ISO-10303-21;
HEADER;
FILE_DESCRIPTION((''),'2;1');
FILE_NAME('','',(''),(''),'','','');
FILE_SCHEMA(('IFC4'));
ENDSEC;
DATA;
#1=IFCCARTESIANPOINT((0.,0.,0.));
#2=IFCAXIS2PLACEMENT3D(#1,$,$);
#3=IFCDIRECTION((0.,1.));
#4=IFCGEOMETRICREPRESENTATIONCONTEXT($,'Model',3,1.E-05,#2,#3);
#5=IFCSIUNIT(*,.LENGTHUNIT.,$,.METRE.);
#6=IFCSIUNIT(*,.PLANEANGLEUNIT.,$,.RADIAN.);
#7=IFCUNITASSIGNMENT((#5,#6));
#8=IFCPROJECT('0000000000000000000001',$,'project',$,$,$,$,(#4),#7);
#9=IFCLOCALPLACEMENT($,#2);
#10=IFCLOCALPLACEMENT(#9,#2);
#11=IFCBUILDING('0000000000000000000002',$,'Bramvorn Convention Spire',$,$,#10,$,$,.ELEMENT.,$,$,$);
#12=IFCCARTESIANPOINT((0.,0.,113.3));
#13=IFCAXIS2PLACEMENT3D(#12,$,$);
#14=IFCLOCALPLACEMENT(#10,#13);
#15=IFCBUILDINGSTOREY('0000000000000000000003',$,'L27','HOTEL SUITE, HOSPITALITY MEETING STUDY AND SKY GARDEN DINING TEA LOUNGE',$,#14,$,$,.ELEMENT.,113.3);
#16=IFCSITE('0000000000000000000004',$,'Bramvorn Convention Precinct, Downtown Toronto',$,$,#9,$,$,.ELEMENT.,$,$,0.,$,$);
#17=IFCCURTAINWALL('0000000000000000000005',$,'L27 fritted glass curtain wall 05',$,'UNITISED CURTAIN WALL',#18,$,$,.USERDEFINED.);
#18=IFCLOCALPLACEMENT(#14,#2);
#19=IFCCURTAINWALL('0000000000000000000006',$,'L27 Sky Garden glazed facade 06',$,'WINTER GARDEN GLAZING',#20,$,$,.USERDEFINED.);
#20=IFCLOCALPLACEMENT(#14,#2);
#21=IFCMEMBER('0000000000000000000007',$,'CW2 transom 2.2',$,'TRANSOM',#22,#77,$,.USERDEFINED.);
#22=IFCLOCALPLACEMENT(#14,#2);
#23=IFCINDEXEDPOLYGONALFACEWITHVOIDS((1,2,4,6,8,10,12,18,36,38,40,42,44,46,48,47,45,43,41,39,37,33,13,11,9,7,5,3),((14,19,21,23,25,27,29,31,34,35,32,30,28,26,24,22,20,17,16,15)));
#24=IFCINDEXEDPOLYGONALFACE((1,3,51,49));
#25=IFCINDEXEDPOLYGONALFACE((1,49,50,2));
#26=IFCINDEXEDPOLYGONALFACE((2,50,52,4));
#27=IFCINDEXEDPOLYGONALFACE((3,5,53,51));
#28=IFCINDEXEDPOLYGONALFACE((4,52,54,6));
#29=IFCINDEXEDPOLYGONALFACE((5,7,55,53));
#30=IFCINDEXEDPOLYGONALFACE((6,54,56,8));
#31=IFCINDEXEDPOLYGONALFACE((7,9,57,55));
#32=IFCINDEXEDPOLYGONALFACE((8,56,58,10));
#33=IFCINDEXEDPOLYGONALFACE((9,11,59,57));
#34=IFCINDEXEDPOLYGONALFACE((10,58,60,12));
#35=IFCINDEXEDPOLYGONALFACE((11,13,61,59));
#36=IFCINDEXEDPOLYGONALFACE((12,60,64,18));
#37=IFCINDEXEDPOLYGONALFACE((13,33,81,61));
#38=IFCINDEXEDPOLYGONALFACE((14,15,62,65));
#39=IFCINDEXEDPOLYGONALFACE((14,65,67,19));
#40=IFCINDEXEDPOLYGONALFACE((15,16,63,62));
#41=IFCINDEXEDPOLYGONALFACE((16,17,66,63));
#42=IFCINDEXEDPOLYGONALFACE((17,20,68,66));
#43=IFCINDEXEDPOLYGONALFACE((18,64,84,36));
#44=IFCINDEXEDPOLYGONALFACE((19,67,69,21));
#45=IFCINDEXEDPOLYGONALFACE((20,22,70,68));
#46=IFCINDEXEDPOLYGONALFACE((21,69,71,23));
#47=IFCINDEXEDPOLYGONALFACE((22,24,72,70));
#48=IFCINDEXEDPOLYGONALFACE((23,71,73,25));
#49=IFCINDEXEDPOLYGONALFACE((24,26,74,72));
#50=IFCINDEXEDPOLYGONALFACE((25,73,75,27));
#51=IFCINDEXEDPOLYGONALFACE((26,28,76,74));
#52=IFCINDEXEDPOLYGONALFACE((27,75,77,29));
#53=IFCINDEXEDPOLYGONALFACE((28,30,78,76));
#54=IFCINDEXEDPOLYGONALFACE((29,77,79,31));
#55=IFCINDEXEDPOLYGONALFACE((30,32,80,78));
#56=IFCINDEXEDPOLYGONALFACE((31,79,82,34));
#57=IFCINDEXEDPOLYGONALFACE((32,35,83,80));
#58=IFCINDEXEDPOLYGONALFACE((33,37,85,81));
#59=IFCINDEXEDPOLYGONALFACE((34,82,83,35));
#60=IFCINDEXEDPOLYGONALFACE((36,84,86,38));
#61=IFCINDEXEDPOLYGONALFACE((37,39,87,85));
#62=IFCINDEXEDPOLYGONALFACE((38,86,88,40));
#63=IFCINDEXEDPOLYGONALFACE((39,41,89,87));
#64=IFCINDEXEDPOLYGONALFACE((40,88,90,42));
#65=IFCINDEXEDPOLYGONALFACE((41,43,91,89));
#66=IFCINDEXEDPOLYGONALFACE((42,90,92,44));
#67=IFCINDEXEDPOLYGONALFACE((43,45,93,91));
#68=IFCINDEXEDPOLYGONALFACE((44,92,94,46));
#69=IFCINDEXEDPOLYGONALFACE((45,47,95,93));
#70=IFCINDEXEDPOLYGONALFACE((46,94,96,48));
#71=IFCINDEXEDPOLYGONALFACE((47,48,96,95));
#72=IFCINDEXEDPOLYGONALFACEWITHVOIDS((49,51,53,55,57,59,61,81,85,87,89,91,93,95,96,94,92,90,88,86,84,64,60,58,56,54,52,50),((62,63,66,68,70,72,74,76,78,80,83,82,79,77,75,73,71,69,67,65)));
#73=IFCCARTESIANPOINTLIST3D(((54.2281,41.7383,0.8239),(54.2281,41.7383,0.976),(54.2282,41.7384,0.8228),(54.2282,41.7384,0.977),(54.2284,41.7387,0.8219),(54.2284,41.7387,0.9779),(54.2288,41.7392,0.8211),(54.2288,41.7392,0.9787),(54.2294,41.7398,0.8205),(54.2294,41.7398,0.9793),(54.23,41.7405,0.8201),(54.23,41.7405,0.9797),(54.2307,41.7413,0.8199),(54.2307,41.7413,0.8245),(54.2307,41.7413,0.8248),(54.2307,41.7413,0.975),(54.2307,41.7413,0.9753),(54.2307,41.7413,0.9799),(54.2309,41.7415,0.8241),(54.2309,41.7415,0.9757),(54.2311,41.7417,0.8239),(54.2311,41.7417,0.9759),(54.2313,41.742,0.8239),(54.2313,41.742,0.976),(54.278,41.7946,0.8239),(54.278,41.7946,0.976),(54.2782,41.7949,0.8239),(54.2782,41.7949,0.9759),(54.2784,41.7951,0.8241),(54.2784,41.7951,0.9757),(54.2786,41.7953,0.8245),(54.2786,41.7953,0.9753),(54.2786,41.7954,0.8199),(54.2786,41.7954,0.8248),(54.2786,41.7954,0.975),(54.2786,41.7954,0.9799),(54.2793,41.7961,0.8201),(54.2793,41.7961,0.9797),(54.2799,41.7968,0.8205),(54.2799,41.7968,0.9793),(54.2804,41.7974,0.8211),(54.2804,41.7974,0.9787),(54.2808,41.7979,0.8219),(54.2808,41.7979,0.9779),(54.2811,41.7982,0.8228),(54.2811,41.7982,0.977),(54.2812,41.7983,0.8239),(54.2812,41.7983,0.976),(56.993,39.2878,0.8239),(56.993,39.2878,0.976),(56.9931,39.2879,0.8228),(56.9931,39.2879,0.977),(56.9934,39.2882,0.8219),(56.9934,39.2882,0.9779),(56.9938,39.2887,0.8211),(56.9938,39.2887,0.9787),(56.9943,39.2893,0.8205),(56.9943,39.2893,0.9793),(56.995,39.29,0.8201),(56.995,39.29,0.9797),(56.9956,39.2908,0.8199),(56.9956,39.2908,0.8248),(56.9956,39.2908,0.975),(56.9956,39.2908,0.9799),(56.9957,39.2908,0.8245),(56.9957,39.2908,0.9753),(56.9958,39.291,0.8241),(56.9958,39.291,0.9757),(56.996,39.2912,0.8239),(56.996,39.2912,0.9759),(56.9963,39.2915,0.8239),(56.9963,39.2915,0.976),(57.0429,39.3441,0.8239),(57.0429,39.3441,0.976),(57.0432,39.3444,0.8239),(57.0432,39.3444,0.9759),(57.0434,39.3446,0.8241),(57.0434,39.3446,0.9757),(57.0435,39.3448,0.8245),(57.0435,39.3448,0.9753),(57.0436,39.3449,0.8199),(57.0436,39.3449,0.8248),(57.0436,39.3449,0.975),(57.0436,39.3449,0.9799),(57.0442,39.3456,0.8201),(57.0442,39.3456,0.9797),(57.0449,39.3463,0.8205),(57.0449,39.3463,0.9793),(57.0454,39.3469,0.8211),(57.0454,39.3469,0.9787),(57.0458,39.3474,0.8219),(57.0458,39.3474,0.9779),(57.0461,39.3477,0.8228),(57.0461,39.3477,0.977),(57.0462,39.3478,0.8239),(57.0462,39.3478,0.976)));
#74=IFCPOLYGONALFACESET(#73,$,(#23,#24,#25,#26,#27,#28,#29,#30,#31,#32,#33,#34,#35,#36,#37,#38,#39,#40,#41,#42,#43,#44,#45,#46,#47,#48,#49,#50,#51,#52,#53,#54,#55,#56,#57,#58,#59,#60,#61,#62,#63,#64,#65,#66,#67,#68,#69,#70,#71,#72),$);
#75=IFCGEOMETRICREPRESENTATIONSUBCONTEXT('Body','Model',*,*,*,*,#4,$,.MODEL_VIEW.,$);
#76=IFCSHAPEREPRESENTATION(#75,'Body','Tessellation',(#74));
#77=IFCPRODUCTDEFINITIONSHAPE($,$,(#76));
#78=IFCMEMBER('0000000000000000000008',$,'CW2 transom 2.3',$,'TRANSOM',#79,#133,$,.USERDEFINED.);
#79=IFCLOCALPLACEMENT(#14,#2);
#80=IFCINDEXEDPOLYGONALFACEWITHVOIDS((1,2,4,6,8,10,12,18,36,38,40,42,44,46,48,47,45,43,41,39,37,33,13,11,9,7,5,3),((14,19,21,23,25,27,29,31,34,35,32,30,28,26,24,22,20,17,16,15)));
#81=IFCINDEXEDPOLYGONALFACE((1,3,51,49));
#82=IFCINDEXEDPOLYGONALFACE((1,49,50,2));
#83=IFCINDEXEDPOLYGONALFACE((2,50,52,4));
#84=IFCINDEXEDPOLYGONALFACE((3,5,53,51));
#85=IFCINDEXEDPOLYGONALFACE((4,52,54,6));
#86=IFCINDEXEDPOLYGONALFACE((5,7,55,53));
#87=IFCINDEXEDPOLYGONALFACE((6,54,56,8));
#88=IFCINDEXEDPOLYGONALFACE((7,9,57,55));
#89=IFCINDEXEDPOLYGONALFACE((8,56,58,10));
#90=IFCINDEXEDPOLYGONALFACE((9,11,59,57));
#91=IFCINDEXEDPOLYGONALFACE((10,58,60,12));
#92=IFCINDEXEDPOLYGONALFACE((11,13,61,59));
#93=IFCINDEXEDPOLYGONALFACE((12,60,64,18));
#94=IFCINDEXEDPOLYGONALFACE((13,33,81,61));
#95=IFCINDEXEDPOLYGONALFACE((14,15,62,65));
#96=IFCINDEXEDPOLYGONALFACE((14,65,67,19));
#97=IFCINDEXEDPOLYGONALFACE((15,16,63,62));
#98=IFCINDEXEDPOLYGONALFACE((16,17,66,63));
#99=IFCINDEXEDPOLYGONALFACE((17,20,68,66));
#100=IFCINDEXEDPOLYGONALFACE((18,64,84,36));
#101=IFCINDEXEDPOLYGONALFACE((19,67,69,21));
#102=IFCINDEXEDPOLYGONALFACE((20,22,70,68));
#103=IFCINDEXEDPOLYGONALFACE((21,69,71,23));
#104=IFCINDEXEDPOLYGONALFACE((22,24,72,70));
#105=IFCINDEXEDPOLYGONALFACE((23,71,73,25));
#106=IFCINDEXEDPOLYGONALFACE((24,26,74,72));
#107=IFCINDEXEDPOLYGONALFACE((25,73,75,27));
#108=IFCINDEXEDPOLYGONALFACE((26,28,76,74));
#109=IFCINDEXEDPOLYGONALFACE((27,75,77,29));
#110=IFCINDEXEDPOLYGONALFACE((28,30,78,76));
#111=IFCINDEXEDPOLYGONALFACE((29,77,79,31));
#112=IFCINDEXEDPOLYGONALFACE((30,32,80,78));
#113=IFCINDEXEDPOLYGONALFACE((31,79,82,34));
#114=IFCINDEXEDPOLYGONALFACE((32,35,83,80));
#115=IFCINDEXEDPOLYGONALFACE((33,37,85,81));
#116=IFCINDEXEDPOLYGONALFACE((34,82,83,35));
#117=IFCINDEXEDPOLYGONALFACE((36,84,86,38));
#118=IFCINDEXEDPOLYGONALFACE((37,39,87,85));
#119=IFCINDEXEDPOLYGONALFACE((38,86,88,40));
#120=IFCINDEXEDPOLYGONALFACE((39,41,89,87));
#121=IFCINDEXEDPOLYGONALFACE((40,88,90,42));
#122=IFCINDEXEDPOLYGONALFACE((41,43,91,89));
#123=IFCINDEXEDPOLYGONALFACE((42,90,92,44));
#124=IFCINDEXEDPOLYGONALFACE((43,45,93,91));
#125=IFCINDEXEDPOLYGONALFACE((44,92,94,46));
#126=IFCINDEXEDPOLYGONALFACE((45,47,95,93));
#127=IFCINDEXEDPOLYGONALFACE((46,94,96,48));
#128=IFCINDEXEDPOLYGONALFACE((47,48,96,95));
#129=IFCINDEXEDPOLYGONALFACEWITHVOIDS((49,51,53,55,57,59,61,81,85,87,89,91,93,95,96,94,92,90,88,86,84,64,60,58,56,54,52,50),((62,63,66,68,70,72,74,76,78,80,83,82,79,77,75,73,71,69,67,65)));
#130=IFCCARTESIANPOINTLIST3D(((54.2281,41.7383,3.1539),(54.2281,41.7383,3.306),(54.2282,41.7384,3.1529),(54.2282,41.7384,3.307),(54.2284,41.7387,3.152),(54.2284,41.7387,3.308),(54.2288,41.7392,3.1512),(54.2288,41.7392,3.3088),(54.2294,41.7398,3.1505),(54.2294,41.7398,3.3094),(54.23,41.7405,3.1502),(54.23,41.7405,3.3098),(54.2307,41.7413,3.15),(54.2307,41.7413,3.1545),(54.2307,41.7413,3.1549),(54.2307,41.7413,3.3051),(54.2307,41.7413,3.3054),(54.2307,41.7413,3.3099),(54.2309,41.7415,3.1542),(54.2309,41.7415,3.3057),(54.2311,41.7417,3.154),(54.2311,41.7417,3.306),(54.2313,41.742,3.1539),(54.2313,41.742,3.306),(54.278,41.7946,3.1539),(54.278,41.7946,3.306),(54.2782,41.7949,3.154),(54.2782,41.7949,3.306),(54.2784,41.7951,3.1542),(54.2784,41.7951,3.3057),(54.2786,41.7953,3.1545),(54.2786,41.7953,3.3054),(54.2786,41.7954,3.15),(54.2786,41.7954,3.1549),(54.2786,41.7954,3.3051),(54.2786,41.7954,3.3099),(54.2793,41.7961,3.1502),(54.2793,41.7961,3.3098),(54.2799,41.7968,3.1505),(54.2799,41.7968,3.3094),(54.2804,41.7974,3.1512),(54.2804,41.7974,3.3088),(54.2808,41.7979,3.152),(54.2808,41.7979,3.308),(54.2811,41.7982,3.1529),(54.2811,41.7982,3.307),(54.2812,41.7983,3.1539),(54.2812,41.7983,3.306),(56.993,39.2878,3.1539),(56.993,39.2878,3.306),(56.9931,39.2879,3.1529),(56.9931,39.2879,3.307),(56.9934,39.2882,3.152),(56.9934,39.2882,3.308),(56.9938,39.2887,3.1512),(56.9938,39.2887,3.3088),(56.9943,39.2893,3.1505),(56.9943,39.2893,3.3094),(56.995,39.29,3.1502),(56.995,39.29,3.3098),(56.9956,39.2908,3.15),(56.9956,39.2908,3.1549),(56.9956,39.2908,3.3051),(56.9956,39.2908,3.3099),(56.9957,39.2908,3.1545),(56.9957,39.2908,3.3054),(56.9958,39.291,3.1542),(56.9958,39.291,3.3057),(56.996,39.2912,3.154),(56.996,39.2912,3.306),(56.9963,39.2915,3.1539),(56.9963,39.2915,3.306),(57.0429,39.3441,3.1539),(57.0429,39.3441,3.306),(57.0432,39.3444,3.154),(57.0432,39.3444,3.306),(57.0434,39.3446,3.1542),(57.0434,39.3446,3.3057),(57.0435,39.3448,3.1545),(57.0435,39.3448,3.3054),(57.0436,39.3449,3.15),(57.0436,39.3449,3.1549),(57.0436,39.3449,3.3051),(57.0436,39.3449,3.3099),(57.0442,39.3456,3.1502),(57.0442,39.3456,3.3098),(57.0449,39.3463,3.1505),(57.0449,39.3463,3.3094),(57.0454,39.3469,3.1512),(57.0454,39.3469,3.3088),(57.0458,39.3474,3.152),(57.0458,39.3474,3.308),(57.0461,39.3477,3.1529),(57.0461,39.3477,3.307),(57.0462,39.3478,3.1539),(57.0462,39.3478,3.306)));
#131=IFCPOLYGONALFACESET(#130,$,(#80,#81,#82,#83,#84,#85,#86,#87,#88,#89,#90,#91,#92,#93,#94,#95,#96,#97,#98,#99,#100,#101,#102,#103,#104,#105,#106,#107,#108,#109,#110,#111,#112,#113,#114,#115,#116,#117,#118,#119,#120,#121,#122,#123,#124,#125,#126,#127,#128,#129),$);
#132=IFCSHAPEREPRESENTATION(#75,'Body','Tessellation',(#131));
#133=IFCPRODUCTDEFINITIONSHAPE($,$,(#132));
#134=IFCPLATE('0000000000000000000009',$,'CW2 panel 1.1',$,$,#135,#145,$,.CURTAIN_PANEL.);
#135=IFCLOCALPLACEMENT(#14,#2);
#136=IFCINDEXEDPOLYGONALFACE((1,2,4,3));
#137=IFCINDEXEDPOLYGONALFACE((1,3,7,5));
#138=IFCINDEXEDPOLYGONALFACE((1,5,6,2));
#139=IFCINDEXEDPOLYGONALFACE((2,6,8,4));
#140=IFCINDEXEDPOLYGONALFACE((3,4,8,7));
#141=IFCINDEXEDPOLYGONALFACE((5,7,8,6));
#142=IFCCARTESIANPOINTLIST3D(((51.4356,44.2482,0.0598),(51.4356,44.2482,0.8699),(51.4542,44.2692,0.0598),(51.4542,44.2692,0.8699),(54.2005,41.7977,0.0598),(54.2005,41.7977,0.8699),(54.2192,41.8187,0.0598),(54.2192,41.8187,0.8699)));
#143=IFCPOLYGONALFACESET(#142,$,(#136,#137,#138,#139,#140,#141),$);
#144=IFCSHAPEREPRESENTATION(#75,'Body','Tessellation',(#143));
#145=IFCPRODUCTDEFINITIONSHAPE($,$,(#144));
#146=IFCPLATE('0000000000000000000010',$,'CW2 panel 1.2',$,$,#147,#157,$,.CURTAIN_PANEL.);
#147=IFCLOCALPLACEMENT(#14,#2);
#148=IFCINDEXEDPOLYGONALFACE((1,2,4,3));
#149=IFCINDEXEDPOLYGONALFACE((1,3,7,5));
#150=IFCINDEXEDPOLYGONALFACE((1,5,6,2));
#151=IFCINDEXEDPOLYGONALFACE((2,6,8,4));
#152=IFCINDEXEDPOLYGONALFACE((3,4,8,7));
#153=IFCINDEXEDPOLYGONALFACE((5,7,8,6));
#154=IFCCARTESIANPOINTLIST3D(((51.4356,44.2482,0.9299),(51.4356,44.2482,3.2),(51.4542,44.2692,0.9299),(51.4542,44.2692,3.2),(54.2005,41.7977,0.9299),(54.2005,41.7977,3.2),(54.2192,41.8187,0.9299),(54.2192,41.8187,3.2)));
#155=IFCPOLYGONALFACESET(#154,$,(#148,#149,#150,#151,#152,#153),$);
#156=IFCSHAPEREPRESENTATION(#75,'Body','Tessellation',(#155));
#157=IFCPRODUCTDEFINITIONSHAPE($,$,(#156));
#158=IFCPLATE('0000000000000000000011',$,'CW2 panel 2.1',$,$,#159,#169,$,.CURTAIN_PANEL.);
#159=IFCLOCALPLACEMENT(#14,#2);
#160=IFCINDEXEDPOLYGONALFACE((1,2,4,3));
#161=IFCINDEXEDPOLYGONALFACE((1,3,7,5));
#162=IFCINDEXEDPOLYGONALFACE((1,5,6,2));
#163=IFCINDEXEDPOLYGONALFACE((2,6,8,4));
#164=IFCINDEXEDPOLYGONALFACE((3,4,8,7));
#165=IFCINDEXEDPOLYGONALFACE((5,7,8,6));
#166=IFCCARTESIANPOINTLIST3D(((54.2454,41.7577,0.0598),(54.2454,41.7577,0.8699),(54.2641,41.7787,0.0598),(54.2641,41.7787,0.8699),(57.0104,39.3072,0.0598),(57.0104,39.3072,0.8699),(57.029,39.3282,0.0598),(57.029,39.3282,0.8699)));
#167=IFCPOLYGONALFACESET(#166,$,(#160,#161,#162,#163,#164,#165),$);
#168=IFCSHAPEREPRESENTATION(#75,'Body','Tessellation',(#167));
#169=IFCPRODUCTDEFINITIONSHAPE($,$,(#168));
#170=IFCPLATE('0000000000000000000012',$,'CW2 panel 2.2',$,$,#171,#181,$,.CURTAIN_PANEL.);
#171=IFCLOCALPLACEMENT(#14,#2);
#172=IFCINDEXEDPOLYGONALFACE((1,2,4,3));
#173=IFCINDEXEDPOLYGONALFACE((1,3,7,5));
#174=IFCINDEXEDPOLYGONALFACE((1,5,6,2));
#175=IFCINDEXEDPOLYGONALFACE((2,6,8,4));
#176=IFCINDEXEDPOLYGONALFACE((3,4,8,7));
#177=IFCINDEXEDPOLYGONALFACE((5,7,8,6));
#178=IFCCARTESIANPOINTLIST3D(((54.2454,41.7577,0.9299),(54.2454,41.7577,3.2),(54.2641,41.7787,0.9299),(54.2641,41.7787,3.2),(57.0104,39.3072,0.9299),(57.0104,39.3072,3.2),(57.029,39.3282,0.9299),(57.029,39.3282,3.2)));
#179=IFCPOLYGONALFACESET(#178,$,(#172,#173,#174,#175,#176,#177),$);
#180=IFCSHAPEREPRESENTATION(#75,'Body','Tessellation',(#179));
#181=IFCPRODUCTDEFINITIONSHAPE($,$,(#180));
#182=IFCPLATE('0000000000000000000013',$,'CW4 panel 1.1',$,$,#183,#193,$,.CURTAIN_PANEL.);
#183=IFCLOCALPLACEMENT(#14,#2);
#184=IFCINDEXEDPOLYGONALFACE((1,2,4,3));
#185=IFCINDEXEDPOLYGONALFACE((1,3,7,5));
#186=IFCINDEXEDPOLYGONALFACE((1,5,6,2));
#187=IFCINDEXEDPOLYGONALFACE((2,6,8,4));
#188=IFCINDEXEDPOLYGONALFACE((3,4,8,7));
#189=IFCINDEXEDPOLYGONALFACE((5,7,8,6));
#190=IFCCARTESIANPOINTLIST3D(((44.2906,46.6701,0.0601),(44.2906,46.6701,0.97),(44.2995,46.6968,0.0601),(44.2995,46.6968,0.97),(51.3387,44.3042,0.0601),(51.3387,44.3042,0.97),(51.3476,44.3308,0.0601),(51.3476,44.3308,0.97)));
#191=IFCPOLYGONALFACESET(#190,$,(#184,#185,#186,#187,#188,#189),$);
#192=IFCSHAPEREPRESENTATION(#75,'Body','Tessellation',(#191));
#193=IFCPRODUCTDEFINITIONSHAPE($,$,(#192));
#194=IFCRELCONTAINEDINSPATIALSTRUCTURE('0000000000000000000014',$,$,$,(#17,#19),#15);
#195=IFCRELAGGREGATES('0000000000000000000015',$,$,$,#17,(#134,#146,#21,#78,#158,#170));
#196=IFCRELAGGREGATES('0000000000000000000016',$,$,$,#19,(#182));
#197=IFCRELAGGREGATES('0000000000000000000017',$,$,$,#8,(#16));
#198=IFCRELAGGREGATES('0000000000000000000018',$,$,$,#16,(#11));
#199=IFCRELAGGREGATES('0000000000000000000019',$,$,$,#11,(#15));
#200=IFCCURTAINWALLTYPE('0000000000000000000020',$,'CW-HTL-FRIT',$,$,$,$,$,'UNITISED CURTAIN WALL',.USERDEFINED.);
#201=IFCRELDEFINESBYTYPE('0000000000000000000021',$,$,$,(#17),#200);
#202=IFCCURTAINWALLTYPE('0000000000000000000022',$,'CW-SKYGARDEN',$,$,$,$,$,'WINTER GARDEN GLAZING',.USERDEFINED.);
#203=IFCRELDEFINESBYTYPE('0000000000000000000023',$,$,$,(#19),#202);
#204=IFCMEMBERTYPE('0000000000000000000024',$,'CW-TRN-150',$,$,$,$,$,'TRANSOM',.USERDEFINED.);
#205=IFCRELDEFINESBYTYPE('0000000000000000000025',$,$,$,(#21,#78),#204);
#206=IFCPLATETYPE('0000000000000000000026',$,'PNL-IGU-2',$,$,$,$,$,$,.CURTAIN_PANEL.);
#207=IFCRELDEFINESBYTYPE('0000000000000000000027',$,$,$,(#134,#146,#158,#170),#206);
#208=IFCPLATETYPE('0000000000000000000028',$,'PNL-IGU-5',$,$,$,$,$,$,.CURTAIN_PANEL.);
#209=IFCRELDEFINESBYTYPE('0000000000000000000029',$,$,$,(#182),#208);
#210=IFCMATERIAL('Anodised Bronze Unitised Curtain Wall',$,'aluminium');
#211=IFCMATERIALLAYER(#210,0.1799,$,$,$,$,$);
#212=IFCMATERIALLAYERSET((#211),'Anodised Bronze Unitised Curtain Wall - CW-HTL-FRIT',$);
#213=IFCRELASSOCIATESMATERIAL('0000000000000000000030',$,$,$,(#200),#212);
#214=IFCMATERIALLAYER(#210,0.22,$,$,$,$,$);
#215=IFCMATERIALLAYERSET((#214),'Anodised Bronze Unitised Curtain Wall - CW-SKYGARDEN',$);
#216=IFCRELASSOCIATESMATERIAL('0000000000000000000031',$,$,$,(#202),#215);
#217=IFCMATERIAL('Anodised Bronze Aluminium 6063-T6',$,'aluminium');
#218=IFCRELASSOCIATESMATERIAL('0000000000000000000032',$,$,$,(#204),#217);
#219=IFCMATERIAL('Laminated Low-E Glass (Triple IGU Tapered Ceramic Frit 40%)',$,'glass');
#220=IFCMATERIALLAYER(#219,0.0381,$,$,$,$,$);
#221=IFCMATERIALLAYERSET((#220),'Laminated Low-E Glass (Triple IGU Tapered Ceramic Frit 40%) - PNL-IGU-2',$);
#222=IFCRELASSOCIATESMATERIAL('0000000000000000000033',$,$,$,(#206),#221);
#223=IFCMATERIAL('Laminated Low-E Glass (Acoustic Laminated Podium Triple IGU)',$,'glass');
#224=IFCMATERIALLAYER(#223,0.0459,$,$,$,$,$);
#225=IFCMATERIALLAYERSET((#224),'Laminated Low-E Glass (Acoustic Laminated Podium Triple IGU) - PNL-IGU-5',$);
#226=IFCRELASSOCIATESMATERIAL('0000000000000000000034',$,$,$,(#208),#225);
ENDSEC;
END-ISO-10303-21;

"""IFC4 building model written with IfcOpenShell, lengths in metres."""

from ifc_helpers import new_model, si_unit, direction, frame, origin, origin_2d, place, context, subcontext, project, spatial, rectangle, hollow_rectangle, extrude, material, layer, layer_set, material_profile, profile_set, type_object, element, aggregate, save


model = new_model("IFC4")

# Units and contexts
model_context = context("Model", 3, precision=1e-05, world=origin(), true_north=direction((0.0, 1.0)))
body_context = subcontext(model_context, "Body", "Model", "MODEL_VIEW")
ifc_project = project(units=[si_unit("LENGTHUNIT", "METRE"), si_unit("PLANEANGLEUNIT", "RADIAN")], contexts=[model_context])

# Site, building, storey
site_placement = place(None, origin())
site = spatial("IfcSite", under=ifc_project, at=site_placement, Name="Bramvorn Convention Precinct, Downtown Toronto", CompositionType="ELEMENT", RefElevation=0.0)
building_placement = place(site_placement, origin())
building = spatial("IfcBuilding", under=site, at=building_placement, Name="Bramvorn Convention Spire", CompositionType="ELEMENT")
storey_placement = place(building_placement, frame((0.0, 0.0, 113.3)))
storey = spatial("IfcBuildingStorey", under=building, at=storey_placement, Name="L27", Description="HOTEL SUITE, HOSPITALITY MEETING STUDY AND SKY GARDEN DINING TEA LOUNGE", CompositionType="ELEMENT", Elevation=113.3)

# Curtain wall
ifc_material_1 = material(Name="Anodised Bronze Unitised Curtain Wall", Category="aluminium")
ifc_layer_1 = layer(ifc_material_1, 0.1799)
ifc_layer_set_1 = layer_set([ifc_layer_1], Name="Anodised Bronze Unitised Curtain Wall - CW-HTL-FRIT")
curtain_wall_type_1 = type_object("IfcCurtainWallType", Name="CW-HTL-FRIT", ElementType="UNITISED CURTAIN WALL", PredefinedType="USERDEFINED", material=ifc_layer_set_1)
curtain_wall_1_placement = place(storey_placement, origin())
curtain_wall_1 = element("IfcCurtainWall", 1, at=curtain_wall_1_placement, inside=storey, type_object=curtain_wall_type_1, Name="L27 fritted glass curtain wall 05", ObjectType="UNITISED CURTAIN WALL", PredefinedType="USERDEFINED")
ifc_material_2 = material(Name="Anodised Bronze Aluminium 6063-T6", Category="aluminium")

# Curtain wall
ifc_layer_2 = layer(ifc_material_1, 0.22)
ifc_layer_set_2 = layer_set([ifc_layer_2], Name="Anodised Bronze Unitised Curtain Wall - CW-SKYGARDEN")
curtain_wall_type_2 = type_object("IfcCurtainWallType", Name="CW-SKYGARDEN", ElementType="WINTER GARDEN GLAZING", PredefinedType="USERDEFINED", material=ifc_layer_set_2)
curtain_wall_2_placement = place(storey_placement, origin())
curtain_wall_2 = element("IfcCurtainWall", 2, at=curtain_wall_2_placement, inside=storey, type_object=curtain_wall_type_2, Name="L27 Sky Garden glazed facade 06", ObjectType="WINTER GARDEN GLAZING", PredefinedType="USERDEFINED")

# Members
ifc_material_profile_1 = material_profile(ifc_material_2, hollow_rectangle(XDim=0.0801, YDim=0.1599, WallThickness=0.0039, InnerFilletRadius=0.001, OuterFilletRadius=0.0039, at=origin_2d()))
ifc_profile_set_1 = profile_set([ifc_material_profile_1], Name="Anodised Bronze Aluminium 6063-T6 - CWT80X160")
member_type_1 = type_object("IfcMemberType", Name="CW-TRN-150", ElementType="TRANSOM", PredefinedType="USERDEFINED", material=ifc_profile_set_1)
member_1_placement = place(storey_placement, frame((54.2546, 41.7683, 0.8999), z_axis=(0.748382, -0.663268, 0.0), x_axis=(0.663268, 0.748382, 0.0)))
member_1 = element("IfcMember", 3, at=member_1_placement, type_object=member_type_1, Name="CW2 transom 2.2", ObjectType="TRANSOM", PredefinedType="USERDEFINED", context=body_context, shape_type="SweptSolid", body=[
    extrude(hollow_rectangle(XDim=0.0801, YDim=0.1599, WallThickness=0.0039, InnerFilletRadius=0.001, OuterFilletRadius=0.0039, at=origin_2d()), origin(), (0.0, 0.0, 1.0), 3.6946),
])
member_2_placement = place(storey_placement, frame((54.2546, 41.7683, 3.23), z_axis=(0.748382, -0.663268, 0.0), x_axis=(0.663268, 0.748382, 0.0)))
member_2 = element("IfcMember", 4, at=member_2_placement, type_object=member_type_1, Name="CW2 transom 2.3", ObjectType="TRANSOM", PredefinedType="USERDEFINED", context=body_context, shape_type="SweptSolid", body=[
    extrude(hollow_rectangle(XDim=0.0801, YDim=0.1599, WallThickness=0.0039, InnerFilletRadius=0.001, OuterFilletRadius=0.0039, at=origin_2d()), origin(), (0.0, 0.0, 1.0), 3.6946),
])

# Plates
ifc_material_3 = material(Name="Laminated Low-E Glass (Triple IGU Tapered Ceramic Frit 40%)", Category="glass")
ifc_layer_3 = layer(ifc_material_3, 0.0381)
ifc_layer_set_3 = layer_set([ifc_layer_3], Name="Laminated Low-E Glass (Triple IGU Tapered Ceramic Frit 40%) - PNL-IGU-2")
plate_type_1 = type_object("IfcPlateType", Name="PNL-IGU-2", PredefinedType="CURTAIN_PANEL", material=ifc_layer_set_3)
plate_1_placement = place(storey_placement, frame((52.8274, 43.0334, 0.0598), z_axis=(0.0, 0.0, 1.0), x_axis=(0.748373, -0.663278, 0.0)))
plate_1 = element("IfcPlate", 5, at=plate_1_placement, type_object=plate_type_1, Name="CW2 panel 1.1", PredefinedType="CURTAIN_PANEL", context=body_context, shape_type="SweptSolid", body=[
    extrude(rectangle(XDim=3.6946, YDim=0.0281, at=origin_2d()), origin(), (0.0, 0.0, 1.0), 0.8101),
])
plate_2_placement = place(storey_placement, frame((52.8274, 43.0334, 0.9299), z_axis=(0.0, 0.0, 1.0), x_axis=(0.748373, -0.663278, 0.0)))
plate_2 = element("IfcPlate", 6, at=plate_2_placement, type_object=plate_type_1, Name="CW2 panel 1.2", PredefinedType="CURTAIN_PANEL", context=body_context, shape_type="SweptSolid", body=[
    extrude(rectangle(XDim=3.6946, YDim=0.0281, at=origin_2d()), origin(), (0.0, 0.0, 1.0), 2.27),
])
plate_3_placement = place(storey_placement, frame((55.6372, 40.543, 0.0598), z_axis=(0.0, 0.0, 1.0), x_axis=(0.748373, -0.663278, 0.0)))
plate_3 = element("IfcPlate", 7, at=plate_3_placement, type_object=plate_type_1, Name="CW2 panel 2.1", PredefinedType="CURTAIN_PANEL", context=body_context, shape_type="SweptSolid", body=[
    extrude(rectangle(XDim=3.6946, YDim=0.0281, at=origin_2d()), origin(), (0.0, 0.0, 1.0), 0.8101),
])
plate_4_placement = place(storey_placement, frame((55.6372, 40.543, 0.9299), z_axis=(0.0, 0.0, 1.0), x_axis=(0.748373, -0.663278, 0.0)))
plate_4 = element("IfcPlate", 8, at=plate_4_placement, type_object=plate_type_1, Name="CW2 panel 2.2", PredefinedType="CURTAIN_PANEL", context=body_context, shape_type="SweptSolid", body=[
    extrude(rectangle(XDim=3.6946, YDim=0.0281, at=origin_2d()), origin(), (0.0, 0.0, 1.0), 2.27),
])
aggregate(curtain_wall_1, [plate_1, plate_2, member_1, member_2, plate_3, plate_4])
ifc_material_4 = material(Name="Laminated Low-E Glass (Acoustic Laminated Podium Triple IGU)", Category="glass")
ifc_layer_4 = layer(ifc_material_4, 0.0459)
ifc_layer_set_4 = layer_set([ifc_layer_4], Name="Laminated Low-E Glass (Acoustic Laminated Podium Triple IGU) - PNL-IGU-5")
plate_type_2 = type_object("IfcPlateType", Name="PNL-IGU-5", PredefinedType="CURTAIN_PANEL", material=ifc_layer_set_4)
plate_5_placement = place(storey_placement, frame((47.8191, 45.5005, 0.0601), z_axis=(0.0, 0.0, 1.0), x_axis=(0.948013, -0.318232, 0.0)))
plate_5 = element("IfcPlate", 9, at=plate_5_placement, type_object=plate_type_2, Name="CW4 panel 1.1", PredefinedType="CURTAIN_PANEL", context=body_context, shape_type="SweptSolid", body=[
    extrude(rectangle(XDim=7.4346, YDim=0.0281, at=origin_2d()), origin(), (0.0, 0.0, 1.0), 0.9099),
])
aggregate(curtain_wall_2, [plate_5])

save(model, "model.ifc")
